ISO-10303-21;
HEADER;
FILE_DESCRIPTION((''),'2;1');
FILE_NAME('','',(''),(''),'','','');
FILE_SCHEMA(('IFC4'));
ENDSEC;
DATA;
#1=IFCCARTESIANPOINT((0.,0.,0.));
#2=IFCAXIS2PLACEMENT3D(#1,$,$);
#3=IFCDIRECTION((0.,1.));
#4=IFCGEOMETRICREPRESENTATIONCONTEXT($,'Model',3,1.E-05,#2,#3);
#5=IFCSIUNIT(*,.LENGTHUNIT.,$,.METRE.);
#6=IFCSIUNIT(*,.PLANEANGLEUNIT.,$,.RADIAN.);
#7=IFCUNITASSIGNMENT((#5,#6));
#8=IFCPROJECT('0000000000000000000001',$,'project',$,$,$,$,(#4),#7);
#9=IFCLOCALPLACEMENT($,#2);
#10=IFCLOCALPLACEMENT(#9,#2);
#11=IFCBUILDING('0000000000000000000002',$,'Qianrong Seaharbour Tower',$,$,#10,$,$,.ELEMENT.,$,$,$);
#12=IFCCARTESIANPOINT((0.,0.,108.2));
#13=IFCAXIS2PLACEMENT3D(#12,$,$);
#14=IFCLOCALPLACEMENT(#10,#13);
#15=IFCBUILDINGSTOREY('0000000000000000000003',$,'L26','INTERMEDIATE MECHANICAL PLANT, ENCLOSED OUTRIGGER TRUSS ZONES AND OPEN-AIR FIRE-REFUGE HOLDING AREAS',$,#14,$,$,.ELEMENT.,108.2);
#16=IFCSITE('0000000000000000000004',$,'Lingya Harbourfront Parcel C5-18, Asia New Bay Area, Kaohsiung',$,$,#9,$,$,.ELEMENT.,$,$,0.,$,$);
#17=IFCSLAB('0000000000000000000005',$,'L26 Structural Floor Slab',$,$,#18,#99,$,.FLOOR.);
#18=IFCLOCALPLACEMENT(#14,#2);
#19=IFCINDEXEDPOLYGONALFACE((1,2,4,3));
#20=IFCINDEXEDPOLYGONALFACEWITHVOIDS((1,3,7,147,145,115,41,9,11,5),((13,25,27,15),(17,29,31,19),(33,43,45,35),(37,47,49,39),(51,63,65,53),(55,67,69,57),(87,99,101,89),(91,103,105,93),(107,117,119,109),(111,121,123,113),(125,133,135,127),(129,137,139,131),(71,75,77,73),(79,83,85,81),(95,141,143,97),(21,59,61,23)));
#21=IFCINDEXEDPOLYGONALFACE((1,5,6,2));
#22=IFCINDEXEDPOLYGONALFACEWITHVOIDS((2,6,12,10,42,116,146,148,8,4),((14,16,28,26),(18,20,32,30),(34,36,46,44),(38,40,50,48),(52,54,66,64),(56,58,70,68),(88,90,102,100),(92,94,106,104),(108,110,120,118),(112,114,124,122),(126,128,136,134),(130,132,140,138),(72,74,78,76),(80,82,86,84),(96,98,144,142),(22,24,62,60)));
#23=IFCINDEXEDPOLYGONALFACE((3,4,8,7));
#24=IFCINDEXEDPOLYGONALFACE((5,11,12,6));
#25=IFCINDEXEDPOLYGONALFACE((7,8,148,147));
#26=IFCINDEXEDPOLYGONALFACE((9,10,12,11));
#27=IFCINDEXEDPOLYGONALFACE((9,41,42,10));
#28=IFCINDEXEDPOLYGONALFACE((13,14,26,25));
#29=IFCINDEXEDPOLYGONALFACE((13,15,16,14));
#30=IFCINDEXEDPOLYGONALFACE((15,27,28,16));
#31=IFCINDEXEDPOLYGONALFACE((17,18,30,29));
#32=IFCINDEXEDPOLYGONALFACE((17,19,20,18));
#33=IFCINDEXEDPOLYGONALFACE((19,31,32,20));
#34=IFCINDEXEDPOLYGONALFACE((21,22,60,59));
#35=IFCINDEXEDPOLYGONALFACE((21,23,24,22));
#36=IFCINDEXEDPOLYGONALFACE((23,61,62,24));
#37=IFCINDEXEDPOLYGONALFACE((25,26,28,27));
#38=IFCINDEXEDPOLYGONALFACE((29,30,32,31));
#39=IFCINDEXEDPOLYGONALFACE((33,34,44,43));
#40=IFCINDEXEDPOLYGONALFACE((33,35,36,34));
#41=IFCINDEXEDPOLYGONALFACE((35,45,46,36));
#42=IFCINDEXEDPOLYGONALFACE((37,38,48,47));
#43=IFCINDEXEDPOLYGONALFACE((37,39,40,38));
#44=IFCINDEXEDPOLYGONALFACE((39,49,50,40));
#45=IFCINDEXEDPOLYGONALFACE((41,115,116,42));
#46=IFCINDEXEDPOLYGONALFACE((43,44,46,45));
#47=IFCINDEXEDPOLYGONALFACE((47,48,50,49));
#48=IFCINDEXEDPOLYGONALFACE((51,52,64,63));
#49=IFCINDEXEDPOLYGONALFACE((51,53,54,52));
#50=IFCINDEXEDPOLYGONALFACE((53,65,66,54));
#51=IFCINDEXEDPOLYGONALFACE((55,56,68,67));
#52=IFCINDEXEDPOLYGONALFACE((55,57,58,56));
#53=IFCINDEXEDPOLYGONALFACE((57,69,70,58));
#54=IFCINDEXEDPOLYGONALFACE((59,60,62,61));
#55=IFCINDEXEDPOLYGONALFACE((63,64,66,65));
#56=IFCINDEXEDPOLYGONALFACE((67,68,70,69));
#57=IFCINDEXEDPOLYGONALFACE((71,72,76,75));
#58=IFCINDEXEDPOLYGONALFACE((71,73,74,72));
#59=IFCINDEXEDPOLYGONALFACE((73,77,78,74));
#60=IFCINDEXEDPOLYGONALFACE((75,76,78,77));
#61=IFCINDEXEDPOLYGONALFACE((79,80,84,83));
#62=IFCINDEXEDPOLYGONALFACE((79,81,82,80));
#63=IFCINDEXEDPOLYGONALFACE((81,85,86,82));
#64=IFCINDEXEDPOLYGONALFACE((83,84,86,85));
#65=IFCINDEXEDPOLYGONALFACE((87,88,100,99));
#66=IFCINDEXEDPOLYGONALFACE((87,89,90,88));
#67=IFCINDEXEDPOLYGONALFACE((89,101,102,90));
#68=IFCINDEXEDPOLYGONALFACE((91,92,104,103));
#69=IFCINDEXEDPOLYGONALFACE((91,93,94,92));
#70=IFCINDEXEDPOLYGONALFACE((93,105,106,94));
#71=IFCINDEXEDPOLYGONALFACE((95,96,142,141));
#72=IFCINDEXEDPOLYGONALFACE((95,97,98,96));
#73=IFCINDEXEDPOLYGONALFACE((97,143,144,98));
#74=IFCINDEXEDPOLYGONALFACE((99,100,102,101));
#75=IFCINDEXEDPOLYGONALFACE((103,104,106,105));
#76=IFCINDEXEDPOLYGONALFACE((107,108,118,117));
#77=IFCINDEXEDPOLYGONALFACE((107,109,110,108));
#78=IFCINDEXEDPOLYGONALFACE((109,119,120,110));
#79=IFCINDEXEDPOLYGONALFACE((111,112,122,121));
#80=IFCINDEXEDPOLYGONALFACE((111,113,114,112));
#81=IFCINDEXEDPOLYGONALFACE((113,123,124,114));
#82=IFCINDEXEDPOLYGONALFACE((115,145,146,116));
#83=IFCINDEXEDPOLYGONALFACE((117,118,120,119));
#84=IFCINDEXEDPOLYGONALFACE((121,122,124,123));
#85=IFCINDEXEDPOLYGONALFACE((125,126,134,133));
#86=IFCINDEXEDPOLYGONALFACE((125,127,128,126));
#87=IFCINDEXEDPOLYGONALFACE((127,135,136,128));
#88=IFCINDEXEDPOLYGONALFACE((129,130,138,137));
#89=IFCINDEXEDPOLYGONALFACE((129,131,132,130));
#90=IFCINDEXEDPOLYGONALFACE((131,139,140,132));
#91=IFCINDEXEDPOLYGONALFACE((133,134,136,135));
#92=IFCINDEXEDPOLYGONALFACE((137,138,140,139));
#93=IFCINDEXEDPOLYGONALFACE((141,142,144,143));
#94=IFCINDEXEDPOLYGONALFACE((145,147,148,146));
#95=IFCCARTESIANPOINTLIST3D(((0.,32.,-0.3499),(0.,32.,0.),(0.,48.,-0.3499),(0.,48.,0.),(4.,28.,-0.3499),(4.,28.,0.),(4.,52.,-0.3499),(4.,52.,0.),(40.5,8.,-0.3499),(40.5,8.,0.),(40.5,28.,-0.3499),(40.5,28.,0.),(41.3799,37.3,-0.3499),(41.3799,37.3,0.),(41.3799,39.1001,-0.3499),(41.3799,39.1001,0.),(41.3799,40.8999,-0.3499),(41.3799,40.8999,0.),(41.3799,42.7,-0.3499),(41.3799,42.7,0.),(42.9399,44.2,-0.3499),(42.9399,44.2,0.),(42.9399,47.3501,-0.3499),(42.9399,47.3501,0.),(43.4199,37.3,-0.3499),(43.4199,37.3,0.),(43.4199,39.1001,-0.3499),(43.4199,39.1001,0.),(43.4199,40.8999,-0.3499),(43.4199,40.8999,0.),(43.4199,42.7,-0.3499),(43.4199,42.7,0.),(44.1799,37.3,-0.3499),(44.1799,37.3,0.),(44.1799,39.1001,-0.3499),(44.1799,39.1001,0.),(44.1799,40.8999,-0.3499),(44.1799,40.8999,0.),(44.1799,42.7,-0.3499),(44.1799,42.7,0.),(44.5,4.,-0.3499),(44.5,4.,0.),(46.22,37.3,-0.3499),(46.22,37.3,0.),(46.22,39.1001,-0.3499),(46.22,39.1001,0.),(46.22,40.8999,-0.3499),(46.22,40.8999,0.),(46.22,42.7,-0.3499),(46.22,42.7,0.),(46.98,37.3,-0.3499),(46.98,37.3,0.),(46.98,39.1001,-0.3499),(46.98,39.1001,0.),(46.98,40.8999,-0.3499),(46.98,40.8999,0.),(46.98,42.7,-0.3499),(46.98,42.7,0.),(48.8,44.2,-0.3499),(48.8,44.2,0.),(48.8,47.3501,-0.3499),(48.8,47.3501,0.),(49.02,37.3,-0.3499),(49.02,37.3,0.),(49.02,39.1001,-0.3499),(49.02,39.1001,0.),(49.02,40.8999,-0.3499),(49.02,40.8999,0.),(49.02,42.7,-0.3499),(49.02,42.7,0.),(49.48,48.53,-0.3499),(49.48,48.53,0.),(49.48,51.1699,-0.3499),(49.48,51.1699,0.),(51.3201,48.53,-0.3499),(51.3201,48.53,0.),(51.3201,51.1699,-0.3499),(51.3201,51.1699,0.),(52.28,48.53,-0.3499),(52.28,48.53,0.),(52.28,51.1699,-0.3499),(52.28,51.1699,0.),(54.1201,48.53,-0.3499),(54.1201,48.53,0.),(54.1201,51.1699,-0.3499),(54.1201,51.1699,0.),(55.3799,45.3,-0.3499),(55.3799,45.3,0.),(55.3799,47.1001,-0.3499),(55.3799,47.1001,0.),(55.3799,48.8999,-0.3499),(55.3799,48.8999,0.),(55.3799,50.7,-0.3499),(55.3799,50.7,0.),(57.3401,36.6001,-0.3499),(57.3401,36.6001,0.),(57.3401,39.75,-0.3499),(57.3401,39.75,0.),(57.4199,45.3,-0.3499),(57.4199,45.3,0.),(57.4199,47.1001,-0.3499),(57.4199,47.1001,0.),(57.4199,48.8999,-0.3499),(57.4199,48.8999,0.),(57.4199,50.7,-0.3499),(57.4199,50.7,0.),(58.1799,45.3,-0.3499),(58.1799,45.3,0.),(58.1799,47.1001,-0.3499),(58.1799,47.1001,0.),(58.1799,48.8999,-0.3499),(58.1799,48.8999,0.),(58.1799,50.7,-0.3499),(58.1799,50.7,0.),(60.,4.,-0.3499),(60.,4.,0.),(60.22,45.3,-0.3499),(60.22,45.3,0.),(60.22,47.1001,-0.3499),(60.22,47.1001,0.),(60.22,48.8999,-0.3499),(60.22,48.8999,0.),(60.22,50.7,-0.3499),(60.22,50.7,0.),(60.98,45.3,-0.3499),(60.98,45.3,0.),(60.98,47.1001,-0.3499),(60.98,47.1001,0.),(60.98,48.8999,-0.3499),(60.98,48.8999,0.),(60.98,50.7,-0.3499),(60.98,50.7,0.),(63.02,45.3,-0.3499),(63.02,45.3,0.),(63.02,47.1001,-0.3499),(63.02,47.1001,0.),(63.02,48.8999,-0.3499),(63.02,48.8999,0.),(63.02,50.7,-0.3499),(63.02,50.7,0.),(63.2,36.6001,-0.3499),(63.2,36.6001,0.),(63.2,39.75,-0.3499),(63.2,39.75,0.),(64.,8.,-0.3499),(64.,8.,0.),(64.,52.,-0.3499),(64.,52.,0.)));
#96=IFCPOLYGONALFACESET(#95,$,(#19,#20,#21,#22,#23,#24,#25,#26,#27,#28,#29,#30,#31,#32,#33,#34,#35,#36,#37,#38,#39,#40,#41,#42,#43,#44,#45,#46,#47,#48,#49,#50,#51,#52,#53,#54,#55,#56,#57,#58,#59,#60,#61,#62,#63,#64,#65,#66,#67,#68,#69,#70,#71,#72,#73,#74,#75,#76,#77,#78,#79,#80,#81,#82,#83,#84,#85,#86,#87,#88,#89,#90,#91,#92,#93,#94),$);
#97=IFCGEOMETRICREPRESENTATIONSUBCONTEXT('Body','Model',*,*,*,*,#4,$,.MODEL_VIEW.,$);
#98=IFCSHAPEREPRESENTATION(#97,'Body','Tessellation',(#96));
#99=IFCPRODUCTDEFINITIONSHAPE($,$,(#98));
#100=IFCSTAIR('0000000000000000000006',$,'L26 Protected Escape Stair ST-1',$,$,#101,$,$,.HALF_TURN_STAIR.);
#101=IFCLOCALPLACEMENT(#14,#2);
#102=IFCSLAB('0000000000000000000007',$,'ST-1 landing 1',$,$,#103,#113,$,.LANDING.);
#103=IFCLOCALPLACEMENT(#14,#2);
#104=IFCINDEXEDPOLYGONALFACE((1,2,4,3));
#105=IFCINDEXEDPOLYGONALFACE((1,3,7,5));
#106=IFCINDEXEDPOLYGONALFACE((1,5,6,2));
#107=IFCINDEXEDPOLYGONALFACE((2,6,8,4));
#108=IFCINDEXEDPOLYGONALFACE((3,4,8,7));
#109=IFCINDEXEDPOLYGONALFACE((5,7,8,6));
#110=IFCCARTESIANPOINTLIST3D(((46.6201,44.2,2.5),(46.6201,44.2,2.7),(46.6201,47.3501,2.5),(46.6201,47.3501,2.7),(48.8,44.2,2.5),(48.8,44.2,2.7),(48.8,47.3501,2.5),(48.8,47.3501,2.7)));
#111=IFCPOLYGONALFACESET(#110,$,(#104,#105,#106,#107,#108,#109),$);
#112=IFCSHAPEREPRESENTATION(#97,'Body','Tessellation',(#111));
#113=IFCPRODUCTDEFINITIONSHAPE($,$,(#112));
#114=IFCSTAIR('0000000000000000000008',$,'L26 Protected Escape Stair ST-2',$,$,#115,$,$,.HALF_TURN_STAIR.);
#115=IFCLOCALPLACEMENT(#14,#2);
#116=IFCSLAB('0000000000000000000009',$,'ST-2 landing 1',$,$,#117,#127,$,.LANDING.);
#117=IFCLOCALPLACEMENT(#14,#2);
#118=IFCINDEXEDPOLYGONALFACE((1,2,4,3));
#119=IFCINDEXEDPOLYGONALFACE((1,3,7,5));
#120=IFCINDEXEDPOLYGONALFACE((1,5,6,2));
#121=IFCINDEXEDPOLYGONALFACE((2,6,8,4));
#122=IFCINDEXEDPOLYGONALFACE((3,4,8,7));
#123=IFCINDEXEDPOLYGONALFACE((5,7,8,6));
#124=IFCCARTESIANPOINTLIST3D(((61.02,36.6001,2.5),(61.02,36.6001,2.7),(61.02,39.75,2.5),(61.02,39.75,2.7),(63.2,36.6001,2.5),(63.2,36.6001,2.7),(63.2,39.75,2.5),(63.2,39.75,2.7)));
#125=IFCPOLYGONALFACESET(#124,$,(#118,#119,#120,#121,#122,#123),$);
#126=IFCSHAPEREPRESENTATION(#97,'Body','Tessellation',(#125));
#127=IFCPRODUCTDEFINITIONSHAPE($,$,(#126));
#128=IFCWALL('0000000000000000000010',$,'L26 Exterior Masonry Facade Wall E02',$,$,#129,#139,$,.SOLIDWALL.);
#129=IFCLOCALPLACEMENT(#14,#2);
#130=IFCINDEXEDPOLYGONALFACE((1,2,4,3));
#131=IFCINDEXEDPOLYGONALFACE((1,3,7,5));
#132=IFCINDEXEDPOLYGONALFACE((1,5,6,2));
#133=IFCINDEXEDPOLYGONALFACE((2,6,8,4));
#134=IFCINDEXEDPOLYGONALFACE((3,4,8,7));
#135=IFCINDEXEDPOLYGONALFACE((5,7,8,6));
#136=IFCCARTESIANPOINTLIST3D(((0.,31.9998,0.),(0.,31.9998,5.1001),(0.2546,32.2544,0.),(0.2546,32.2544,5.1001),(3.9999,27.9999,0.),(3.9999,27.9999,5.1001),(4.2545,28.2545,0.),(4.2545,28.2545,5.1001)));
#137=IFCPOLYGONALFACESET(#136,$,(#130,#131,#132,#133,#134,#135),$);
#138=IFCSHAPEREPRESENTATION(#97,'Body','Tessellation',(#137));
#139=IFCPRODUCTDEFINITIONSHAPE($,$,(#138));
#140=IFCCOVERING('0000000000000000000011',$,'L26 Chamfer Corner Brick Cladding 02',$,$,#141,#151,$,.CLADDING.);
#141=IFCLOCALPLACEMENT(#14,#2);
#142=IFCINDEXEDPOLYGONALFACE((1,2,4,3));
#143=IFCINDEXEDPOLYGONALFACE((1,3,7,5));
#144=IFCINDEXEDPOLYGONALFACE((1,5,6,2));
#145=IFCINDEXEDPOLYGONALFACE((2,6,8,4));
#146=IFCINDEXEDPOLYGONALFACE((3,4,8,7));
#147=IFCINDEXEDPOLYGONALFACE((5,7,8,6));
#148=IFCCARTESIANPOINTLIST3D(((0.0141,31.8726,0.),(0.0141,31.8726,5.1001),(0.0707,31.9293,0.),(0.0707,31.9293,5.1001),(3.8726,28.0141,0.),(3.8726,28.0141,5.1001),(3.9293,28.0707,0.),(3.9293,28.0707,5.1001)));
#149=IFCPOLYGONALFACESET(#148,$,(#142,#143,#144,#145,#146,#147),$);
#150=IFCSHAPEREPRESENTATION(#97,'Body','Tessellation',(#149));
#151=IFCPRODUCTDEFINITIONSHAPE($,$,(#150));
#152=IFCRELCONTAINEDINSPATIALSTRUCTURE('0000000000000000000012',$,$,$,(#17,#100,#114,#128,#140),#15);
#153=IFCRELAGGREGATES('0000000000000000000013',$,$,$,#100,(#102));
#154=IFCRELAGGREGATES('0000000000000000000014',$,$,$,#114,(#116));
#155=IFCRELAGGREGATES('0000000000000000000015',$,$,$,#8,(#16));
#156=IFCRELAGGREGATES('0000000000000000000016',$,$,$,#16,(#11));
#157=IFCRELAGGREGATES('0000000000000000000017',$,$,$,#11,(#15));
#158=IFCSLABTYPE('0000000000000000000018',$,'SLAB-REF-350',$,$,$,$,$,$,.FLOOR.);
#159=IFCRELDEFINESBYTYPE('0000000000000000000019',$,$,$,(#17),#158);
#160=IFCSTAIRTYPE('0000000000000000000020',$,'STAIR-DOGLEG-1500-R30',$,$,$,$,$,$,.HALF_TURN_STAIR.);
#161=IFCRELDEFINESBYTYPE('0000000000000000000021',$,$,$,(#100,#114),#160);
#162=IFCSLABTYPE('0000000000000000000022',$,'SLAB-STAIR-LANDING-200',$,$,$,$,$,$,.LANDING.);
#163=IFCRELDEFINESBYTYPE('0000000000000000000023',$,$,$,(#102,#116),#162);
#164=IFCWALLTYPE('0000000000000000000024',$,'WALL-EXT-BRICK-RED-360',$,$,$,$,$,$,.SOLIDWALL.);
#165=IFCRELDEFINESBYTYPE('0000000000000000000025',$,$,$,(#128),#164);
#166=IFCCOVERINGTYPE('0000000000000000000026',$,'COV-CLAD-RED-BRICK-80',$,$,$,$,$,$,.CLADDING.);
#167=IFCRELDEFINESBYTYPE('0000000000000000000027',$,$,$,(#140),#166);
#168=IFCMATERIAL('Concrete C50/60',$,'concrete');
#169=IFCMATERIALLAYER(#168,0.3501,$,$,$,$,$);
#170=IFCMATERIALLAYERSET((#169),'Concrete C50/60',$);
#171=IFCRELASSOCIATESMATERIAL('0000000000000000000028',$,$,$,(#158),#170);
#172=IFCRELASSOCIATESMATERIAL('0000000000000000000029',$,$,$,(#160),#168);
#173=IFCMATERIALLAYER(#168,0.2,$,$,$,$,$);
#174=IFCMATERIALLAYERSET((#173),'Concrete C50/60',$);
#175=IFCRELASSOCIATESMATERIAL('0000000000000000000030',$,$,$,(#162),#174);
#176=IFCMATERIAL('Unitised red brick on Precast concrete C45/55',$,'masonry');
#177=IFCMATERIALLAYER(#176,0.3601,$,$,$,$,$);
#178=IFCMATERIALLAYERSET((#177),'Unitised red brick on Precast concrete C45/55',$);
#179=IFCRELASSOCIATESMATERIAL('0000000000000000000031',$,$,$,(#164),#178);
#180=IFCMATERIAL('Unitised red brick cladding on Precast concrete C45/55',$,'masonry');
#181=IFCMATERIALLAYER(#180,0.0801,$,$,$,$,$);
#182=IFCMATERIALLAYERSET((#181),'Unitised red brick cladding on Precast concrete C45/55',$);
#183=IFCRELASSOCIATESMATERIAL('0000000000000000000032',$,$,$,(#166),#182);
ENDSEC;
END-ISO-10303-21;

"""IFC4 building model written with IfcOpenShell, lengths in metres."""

from ifc_helpers import new_model, si_unit, direction, frame, frame_2d, origin, origin_2d, place, context, subcontext, project, spatial, polyline, rectangle, outline, extrude, material, layer, layer_set, type_object, element, aggregate, save


model = new_model("IFC4")

# Units and contexts
model_context = context("Model", 3, precision=1e-05, world=origin(), true_north=direction((0.0, 1.0)))
body_context = subcontext(model_context, "Body", "Model", "MODEL_VIEW")
ifc_project = project(units=[si_unit("LENGTHUNIT", "METRE"), si_unit("PLANEANGLEUNIT", "RADIAN")], contexts=[model_context])

# Site, building, storey
site_placement = place(None, origin())
site = spatial("IfcSite", under=ifc_project, at=site_placement, Name="Lingya Harbourfront Parcel C5-18, Asia New Bay Area, Kaohsiung", CompositionType="ELEMENT", RefElevation=0.0)
building_placement = place(site_placement, origin())
building = spatial("IfcBuilding", under=site, at=building_placement, Name="Qianrong Seaharbour Tower", CompositionType="ELEMENT")
storey_placement = place(building_placement, frame((0.0, 0.0, 108.2)))
storey = spatial("IfcBuildingStorey", under=building, at=storey_placement, Name="L26", Description="INTERMEDIATE MECHANICAL PLANT, ENCLOSED OUTRIGGER TRUSS ZONES AND OPEN-AIR FIRE-REFUGE HOLDING AREAS", CompositionType="ELEMENT", Elevation=108.2)

# Slab
ifc_material_1 = material(Name="Concrete C50/60", Category="concrete")
ifc_layer_1 = layer(ifc_material_1, 0.3501)
ifc_layer_set_1 = layer_set([ifc_layer_1], Name="Concrete C50/60")
slab_type_1 = type_object("IfcSlabType", Name="SLAB-REF-350", PredefinedType="FLOOR", material=ifc_layer_set_1)
slab_1_placement = place(storey_placement, frame((0.0, 0.0, -0.3499)))
element("IfcSlab", 1, at=slab_1_placement, inside=storey, type_object=slab_type_1, Name="L26 Structural Floor Slab", PredefinedType="FLOOR", context=body_context, shape_type="SweptSolid", body=[
    extrude(outline(polyline([(44.5, 4.0), (60.0, 4.0), (64.0, 8.0), (64.0, 52.0), (4.0, 52.0), (0.0, 48.0), (0.0, 32.0), (4.0, 28.0), (40.5, 28.0), (40.5, 8.0), (44.5, 4.0)]), holes=[polyline([(42.9399, 44.2), (42.9399, 47.3501), (48.8, 47.3501), (48.8, 44.2), (42.9399, 44.2)]), polyline([(57.3401, 36.6001), (57.3401, 39.75), (63.2, 39.75), (63.2, 36.6001), (57.3401, 36.6001)]), polyline([(49.48, 48.53), (49.48, 51.1699), (51.3201, 51.1699), (51.3201, 48.53), (49.48, 48.53)]), polyline([(52.28, 48.53), (52.28, 51.1699), (54.1201, 51.1699), (54.1201, 48.53), (52.28, 48.53)]), polyline([(41.3799, 37.3), (41.3799, 39.1001), (43.4199, 39.1001), (43.4199, 37.3), (41.3799, 37.3)]), polyline([(44.1799, 37.3), (44.1799, 39.1001), (46.22, 39.1001), (46.22, 37.3), (44.1799, 37.3)]), polyline([(46.98, 37.3), (46.98, 39.1001), (49.02, 39.1001), (49.02, 37.3), (46.98, 37.3)]), polyline([(41.3799, 40.8999), (41.3799, 42.7), (43.4199, 42.7), (43.4199, 40.8999), (41.3799, 40.8999)]), polyline([(44.1799, 40.8999), (44.1799, 42.7), (46.22, 42.7), (46.22, 40.8999), (44.1799, 40.8999)]), polyline([(46.98, 40.8999), (46.98, 42.7), (49.02, 42.7), (49.02, 40.8999), (46.98, 40.8999)]), polyline([(55.3799, 45.3), (55.3799, 47.1001), (57.4199, 47.1001), (57.4199, 45.3), (55.3799, 45.3)]), polyline([(58.1799, 45.3), (58.1799, 47.1001), (60.22, 47.1001), (60.22, 45.3), (58.1799, 45.3)]), polyline([(60.98, 45.3), (60.98, 47.1001), (63.02, 47.1001), (63.02, 45.3), (60.98, 45.3)]), polyline([(55.3799, 48.8999), (55.3799, 50.7), (57.4199, 50.7), (57.4199, 48.8999), (55.3799, 48.8999)]), polyline([(58.1799, 48.8999), (58.1799, 50.7), (60.22, 50.7), (60.22, 48.8999), (58.1799, 48.8999)]), polyline([(60.98, 48.8999), (60.98, 50.7), (63.02, 50.7), (63.02, 48.8999), (60.98, 48.8999)])]), origin(), (0.0, 0.0, 1.0), 0.3499),
])

# Stairs, slabs
stair_type = type_object("IfcStairType", Name="STAIR-DOGLEG-1500-R30", PredefinedType="HALF_TURN_STAIR", material=ifc_material_1)
stair_1_placement = place(storey_placement, origin())
stair_1 = element("IfcStair", 2, at=stair_1_placement, inside=storey, type_object=stair_type, Name="L26 Protected Escape Stair ST-1", PredefinedType="HALF_TURN_STAIR")
ifc_layer_2 = layer(ifc_material_1, 0.2)
ifc_layer_set_2 = layer_set([ifc_layer_2], Name="Concrete C50/60")
slab_type_2 = type_object("IfcSlabType", Name="SLAB-STAIR-LANDING-200", PredefinedType="LANDING", material=ifc_layer_set_2)
slab_2_placement = place(storey_placement, frame((0.0, 0.0, 2.5)))
slab_2 = element("IfcSlab", 3, at=slab_2_placement, type_object=slab_type_2, Name="ST-1 landing 1", PredefinedType="LANDING", context=body_context, shape_type="SweptSolid", body=[
    extrude(outline(polyline([(46.6201, 44.2), (48.8, 44.2), (48.8, 47.3501), (46.6201, 47.3501), (46.6201, 44.2)])), origin(), (0.0, 0.0, 1.0), 0.2),
])
aggregate(stair_1, [slab_2])
stair_2_placement = place(storey_placement, origin())
stair_2 = element("IfcStair", 4, at=stair_2_placement, inside=storey, type_object=stair_type, Name="L26 Protected Escape Stair ST-2", PredefinedType="HALF_TURN_STAIR")
slab_3_placement = place(storey_placement, frame((0.0, 0.0, 2.5)))
slab_3 = element("IfcSlab", 5, at=slab_3_placement, type_object=slab_type_2, Name="ST-2 landing 1", PredefinedType="LANDING", context=body_context, shape_type="SweptSolid", body=[
    extrude(outline(polyline([(61.02, 36.6001), (63.2, 36.6001), (63.2, 39.75), (61.02, 39.75), (61.02, 36.6001)])), origin(), (0.0, 0.0, 1.0), 0.2),
])
aggregate(stair_2, [slab_3])

# Wall
ifc_material_2 = material(Name="Unitised red brick on Precast concrete C45/55", Category="masonry")
ifc_layer_3 = layer(ifc_material_2, 0.3601)
ifc_layer_set_3 = layer_set([ifc_layer_3], Name="Unitised red brick on Precast concrete C45/55")
wall_type = type_object("IfcWallType", Name="WALL-EXT-BRICK-RED-360", PredefinedType="SOLIDWALL", material=ifc_layer_set_3)
wall_placement = place(storey_placement, frame((4.1272, 28.1272, 0.0), z_axis=(0.0, 0.0, 1.0), x_axis=(-0.707107, 0.707107, 0.0)))
element("IfcWall", 6, at=wall_placement, inside=storey, type_object=wall_type, Name="L26 Exterior Masonry Facade Wall E02", PredefinedType="SOLIDWALL", context=body_context, shape_type="SweptSolid", body=[
    extrude(rectangle(XDim=5.6567, YDim=0.3601, at=frame_2d((2.8284, 0.0))), origin(), (0.0, 0.0, 1.0), 5.1001),
])

# Covering
ifc_material_3 = material(Name="Unitised red brick cladding on Precast concrete C45/55", Category="masonry")
ifc_layer_4 = layer(ifc_material_3, 0.0801)
ifc_layer_set_4 = layer_set([ifc_layer_4], Name="Unitised red brick cladding on Precast concrete C45/55")
covering_type = type_object("IfcCoveringType", Name="COV-CLAD-RED-BRICK-80", PredefinedType="CLADDING", material=ifc_layer_set_4)
covering_placement = place(storey_placement, frame((1.9717, 29.9717, 0.0), z_axis=(0.0, 0.0, 1.0), x_axis=(-0.707107, 0.707107, 0.0)))
element("IfcCovering", 7, at=covering_placement, inside=storey, type_object=covering_type, Name="L26 Chamfer Corner Brick Cladding 02", PredefinedType="CLADDING", context=body_context, shape_type="SweptSolid", body=[
    extrude(rectangle(XDim=5.4568, YDim=0.0801, at=origin_2d()), origin(), (0.0, 0.0, 1.0), 5.1001),
])

save(model, "model.ifc")
